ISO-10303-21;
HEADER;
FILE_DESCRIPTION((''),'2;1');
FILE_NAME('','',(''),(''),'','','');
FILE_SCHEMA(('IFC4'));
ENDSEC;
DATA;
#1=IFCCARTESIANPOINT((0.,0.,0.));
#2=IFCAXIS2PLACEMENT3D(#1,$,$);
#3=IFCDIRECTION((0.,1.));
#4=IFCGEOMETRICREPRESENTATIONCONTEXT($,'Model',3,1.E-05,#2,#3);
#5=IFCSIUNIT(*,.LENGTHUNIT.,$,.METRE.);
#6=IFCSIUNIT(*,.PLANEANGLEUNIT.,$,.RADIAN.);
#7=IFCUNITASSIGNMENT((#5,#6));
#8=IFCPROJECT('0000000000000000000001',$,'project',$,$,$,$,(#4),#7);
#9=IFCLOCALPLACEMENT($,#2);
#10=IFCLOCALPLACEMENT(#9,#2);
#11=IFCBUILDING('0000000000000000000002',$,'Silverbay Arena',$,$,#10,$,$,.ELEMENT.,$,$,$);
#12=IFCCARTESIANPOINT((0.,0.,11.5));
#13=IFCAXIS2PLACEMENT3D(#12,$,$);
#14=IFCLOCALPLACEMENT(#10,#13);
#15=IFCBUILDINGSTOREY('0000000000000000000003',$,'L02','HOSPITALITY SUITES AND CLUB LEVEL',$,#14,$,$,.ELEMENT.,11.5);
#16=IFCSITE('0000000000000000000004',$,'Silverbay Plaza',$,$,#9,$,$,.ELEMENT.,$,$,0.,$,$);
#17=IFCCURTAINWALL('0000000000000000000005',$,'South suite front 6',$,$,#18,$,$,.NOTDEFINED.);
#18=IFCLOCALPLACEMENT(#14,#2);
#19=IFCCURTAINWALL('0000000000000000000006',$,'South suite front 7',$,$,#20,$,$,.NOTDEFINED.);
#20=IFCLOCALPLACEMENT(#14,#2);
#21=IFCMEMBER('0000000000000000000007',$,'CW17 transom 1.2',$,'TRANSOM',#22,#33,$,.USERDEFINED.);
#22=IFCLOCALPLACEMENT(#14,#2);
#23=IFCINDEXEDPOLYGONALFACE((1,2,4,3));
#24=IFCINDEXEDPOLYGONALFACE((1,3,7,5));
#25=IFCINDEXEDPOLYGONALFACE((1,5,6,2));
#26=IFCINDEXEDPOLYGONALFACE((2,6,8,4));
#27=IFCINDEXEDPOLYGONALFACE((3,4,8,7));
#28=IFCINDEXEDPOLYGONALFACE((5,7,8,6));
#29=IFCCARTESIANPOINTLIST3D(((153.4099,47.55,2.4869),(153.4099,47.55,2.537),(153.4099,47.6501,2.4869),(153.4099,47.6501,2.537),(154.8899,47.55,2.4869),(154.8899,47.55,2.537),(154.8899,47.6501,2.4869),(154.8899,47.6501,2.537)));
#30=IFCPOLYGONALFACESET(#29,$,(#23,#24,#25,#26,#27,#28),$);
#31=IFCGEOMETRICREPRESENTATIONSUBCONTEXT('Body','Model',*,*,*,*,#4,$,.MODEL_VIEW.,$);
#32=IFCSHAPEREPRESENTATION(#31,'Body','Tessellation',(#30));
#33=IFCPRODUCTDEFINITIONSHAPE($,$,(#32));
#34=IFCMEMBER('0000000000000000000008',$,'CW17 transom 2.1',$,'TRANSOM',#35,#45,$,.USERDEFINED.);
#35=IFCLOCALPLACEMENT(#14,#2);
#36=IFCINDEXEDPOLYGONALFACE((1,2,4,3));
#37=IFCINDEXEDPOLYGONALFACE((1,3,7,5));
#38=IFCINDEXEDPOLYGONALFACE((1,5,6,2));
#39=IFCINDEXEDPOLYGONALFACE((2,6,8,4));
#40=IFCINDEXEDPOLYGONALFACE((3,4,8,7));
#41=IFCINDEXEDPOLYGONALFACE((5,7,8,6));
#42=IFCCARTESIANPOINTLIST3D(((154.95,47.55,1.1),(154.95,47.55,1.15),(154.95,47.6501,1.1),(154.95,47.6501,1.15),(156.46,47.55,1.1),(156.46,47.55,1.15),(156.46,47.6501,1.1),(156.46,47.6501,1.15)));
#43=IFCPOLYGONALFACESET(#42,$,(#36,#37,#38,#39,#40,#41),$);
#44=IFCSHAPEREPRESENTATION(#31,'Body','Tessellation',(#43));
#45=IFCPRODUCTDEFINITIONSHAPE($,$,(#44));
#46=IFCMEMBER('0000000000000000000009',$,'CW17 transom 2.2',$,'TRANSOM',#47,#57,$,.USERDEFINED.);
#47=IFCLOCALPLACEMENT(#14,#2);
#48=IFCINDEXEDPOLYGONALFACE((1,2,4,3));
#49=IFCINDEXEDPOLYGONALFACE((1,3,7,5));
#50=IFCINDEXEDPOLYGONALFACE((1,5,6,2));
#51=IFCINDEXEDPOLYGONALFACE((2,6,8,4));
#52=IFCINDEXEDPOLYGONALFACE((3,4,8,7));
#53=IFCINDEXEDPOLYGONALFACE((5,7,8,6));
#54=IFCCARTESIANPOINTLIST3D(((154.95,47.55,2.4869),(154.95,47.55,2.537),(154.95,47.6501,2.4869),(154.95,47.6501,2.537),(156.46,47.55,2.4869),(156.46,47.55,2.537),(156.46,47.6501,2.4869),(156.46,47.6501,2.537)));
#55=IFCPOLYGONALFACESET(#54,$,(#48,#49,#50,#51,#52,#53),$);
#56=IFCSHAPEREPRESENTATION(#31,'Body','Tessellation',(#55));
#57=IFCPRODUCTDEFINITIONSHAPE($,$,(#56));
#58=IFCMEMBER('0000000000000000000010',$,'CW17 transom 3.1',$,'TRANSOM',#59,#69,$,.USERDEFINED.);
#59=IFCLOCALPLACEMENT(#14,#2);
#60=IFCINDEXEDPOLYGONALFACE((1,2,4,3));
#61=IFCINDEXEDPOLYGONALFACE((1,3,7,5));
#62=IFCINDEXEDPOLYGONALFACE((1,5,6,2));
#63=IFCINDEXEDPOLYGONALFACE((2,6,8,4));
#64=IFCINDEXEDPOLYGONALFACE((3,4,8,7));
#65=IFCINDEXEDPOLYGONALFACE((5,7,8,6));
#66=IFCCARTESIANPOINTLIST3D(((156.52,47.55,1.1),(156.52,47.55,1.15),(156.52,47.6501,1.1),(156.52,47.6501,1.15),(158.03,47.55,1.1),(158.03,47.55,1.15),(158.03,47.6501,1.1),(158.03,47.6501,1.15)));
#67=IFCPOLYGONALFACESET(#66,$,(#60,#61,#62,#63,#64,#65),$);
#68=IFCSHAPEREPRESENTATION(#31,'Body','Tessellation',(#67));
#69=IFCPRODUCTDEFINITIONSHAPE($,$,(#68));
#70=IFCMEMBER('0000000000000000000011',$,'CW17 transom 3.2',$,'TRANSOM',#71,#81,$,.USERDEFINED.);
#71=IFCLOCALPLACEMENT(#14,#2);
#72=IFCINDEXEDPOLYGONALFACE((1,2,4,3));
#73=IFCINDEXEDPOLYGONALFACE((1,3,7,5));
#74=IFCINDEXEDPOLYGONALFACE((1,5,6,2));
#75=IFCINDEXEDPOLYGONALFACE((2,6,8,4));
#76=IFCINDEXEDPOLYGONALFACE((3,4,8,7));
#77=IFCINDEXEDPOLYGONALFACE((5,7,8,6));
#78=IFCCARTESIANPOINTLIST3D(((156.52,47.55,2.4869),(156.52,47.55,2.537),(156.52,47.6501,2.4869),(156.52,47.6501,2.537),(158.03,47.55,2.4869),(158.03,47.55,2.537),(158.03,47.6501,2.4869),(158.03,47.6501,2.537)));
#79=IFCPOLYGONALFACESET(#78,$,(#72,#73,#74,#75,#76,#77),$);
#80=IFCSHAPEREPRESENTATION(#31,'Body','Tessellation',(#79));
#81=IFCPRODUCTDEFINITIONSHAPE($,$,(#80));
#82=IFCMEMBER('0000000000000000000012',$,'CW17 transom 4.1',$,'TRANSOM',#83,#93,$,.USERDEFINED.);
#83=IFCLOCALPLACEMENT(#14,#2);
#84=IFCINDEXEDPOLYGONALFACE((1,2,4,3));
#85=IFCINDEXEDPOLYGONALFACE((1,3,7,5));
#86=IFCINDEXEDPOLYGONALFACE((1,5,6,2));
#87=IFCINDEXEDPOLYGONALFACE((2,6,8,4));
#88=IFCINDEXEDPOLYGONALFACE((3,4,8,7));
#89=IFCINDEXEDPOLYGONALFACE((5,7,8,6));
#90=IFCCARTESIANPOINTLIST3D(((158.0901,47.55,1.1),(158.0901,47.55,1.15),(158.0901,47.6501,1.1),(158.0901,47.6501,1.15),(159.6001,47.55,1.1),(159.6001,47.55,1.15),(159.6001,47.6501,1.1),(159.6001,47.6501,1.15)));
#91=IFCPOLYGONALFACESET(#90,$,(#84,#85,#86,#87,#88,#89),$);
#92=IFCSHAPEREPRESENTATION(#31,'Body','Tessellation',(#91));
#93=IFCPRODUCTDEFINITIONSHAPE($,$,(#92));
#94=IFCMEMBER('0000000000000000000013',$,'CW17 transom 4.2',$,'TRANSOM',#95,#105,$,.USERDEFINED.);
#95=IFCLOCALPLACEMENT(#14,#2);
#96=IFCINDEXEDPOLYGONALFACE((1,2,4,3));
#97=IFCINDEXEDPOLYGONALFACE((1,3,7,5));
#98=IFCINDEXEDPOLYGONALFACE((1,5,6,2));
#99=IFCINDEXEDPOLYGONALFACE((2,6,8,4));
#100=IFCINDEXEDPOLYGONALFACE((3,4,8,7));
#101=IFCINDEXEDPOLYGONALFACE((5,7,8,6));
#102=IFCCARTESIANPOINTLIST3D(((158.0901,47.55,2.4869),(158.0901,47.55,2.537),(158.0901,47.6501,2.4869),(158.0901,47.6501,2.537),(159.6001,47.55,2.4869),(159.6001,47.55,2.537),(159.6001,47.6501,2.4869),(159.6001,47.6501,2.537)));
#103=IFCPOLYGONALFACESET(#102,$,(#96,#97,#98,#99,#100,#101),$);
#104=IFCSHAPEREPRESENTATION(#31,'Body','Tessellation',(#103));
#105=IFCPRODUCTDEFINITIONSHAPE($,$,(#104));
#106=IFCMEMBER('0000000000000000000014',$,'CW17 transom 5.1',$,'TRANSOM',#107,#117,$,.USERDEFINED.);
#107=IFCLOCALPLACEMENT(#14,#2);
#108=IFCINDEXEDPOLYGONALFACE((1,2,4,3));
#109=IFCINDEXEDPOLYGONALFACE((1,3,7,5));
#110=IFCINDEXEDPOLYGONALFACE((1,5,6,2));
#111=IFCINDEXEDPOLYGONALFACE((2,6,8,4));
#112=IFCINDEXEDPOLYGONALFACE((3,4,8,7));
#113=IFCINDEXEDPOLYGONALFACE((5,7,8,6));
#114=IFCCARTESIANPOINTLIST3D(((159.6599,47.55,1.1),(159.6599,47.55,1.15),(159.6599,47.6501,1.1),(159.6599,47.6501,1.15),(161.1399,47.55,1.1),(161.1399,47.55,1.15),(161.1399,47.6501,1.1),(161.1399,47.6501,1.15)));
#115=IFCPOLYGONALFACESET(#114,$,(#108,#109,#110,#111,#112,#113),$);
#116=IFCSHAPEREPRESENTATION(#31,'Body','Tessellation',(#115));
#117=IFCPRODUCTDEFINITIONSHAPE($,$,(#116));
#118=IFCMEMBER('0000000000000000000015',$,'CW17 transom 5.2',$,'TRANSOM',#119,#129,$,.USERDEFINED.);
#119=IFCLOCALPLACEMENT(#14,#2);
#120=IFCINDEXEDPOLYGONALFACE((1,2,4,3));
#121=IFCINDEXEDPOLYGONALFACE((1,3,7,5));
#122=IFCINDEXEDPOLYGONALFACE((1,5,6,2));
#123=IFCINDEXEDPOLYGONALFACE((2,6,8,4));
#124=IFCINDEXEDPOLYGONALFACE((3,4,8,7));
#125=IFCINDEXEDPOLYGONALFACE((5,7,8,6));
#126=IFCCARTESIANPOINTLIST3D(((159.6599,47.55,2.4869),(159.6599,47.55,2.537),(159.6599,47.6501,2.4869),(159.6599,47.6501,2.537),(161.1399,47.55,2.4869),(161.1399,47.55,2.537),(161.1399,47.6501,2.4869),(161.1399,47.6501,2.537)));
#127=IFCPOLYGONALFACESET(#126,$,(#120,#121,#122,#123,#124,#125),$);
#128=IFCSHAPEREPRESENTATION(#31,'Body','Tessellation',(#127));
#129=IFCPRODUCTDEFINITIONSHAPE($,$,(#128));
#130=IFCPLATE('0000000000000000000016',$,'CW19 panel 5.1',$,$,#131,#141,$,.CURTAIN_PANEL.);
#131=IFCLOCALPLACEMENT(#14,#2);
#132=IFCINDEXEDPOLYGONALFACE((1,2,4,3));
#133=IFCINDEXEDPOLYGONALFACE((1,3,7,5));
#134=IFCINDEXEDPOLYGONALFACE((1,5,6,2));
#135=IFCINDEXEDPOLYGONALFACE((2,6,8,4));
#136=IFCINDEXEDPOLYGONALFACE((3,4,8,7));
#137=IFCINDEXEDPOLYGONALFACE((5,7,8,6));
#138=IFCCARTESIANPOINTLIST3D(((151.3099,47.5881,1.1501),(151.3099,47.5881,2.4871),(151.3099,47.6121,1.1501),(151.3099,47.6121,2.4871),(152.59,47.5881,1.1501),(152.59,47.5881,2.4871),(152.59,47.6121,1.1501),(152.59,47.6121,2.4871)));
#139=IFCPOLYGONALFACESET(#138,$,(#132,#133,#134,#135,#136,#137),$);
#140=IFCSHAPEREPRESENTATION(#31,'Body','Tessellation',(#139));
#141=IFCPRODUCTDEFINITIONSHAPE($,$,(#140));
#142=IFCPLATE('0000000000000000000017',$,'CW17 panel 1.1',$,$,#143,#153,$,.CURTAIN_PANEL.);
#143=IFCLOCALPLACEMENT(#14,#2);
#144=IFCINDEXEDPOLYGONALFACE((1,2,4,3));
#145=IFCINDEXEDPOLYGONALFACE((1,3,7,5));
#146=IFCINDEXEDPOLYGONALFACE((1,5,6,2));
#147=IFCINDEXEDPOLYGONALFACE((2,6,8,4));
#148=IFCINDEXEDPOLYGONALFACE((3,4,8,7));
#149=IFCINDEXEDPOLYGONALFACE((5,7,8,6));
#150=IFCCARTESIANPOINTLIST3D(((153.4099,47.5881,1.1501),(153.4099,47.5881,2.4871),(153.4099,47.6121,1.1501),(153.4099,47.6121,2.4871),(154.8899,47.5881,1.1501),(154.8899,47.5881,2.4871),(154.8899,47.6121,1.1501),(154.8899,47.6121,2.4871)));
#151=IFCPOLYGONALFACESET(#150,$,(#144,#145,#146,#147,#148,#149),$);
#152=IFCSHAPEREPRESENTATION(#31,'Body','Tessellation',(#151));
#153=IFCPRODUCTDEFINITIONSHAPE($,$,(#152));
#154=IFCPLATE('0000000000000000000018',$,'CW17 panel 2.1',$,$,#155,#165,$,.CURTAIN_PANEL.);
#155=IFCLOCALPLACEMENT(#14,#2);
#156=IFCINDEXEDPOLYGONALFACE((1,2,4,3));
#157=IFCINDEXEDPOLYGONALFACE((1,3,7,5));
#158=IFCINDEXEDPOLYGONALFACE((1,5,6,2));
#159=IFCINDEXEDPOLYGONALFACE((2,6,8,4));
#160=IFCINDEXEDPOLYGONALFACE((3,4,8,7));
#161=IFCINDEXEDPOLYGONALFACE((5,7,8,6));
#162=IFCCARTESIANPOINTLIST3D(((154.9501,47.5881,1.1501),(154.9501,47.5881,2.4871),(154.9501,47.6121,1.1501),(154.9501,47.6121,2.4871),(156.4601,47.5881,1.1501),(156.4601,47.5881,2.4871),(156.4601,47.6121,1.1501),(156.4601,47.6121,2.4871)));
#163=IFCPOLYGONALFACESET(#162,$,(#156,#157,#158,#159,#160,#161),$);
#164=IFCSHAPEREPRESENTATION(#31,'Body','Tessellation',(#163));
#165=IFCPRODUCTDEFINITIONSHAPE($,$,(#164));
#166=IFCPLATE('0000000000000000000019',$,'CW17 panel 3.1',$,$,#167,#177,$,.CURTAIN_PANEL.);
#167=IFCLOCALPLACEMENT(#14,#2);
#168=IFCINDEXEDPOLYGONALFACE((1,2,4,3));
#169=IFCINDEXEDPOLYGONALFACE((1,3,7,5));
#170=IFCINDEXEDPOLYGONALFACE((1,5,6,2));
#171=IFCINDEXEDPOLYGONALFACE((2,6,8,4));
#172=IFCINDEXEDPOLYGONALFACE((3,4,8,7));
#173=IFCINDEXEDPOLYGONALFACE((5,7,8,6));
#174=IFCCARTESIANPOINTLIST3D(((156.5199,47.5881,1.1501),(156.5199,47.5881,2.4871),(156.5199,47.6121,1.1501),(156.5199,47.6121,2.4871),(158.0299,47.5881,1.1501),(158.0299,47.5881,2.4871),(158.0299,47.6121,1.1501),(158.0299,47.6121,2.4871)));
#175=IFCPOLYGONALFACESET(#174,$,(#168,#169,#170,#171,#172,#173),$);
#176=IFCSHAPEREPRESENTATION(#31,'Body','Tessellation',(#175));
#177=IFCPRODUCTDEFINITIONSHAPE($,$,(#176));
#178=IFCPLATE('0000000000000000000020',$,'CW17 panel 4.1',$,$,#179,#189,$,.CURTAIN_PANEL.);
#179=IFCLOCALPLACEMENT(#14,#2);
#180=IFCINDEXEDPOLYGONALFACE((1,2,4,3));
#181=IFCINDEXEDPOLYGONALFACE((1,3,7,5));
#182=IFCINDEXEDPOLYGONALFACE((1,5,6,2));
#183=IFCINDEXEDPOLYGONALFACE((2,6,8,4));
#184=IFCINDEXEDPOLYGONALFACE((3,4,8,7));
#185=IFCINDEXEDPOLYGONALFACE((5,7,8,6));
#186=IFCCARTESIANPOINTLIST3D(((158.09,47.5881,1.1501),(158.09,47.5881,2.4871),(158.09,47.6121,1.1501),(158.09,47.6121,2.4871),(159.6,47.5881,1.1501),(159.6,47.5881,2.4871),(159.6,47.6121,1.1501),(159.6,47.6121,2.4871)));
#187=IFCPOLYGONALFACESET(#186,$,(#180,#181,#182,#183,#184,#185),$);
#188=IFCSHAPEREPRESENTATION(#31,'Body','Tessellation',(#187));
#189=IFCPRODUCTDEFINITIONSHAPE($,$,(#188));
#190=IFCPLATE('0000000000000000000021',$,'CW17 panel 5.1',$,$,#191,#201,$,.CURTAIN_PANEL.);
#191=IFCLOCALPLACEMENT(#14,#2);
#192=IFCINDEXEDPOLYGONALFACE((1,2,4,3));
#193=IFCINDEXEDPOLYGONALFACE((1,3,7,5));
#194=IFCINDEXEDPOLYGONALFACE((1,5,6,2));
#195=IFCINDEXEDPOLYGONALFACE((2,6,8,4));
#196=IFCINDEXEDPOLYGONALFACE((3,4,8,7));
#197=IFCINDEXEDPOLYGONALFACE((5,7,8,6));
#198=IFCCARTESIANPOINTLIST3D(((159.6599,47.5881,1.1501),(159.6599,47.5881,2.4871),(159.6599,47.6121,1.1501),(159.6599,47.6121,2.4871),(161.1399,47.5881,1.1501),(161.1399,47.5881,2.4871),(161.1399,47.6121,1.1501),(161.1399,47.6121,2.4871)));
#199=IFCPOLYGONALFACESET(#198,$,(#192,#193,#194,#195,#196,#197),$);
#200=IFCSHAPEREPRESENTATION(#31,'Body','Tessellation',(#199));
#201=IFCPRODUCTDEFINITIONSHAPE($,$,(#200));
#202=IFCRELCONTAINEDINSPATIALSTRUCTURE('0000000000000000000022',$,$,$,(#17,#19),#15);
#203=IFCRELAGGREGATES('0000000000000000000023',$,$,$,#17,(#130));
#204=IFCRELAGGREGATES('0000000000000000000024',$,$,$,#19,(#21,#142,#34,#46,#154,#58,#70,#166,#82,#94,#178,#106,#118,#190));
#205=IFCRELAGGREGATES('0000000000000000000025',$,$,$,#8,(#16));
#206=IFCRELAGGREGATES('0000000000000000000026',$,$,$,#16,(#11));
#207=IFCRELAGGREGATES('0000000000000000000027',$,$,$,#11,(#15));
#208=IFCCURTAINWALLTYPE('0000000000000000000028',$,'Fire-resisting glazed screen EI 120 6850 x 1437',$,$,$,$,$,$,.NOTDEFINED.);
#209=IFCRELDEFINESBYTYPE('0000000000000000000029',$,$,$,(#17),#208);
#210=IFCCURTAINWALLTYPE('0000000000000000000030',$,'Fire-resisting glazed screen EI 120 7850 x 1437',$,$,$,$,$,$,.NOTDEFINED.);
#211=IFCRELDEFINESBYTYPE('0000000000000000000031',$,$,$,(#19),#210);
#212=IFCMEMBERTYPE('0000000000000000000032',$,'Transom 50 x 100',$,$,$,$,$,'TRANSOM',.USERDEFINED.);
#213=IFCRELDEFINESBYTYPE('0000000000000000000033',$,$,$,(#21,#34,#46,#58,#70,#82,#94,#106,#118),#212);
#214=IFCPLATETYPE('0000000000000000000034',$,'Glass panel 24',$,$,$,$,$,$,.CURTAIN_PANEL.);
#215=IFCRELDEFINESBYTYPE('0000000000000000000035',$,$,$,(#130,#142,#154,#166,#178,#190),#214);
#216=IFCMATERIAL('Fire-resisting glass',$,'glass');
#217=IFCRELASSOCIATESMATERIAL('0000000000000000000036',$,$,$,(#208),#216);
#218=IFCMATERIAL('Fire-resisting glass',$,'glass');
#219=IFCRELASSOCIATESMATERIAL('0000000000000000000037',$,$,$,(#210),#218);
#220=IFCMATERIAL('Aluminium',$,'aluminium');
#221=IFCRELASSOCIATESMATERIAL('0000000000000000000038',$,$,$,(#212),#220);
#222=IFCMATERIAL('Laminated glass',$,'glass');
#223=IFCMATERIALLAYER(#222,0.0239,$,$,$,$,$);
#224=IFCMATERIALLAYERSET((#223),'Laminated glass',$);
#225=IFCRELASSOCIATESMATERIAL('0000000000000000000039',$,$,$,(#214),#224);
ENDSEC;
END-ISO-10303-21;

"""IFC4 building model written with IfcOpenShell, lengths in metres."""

from ifc_helpers import new_model, si_unit, direction, frame, origin, origin_2d, place, context, subcontext, project, spatial, rectangle, extrude, material, layer, layer_set, material_profile, profile_set, type_object, element, aggregate, save


model = new_model("IFC4")

# Units and contexts
model_context = context("Model", 3, precision=1e-05, world=origin(), true_north=direction((0.0, 1.0)))
body_context = subcontext(model_context, "Body", "Model", "MODEL_VIEW")
ifc_project = project(units=[si_unit("LENGTHUNIT", "METRE"), si_unit("PLANEANGLEUNIT", "RADIAN")], contexts=[model_context])

# Site, building, storey
site_placement = place(None, origin())
site = spatial("IfcSite", under=ifc_project, at=site_placement, Name="Silverbay Plaza", CompositionType="ELEMENT", RefElevation=0.0)
building_placement = place(site_placement, origin())
building = spatial("IfcBuilding", under=site, at=building_placement, Name="Silverbay Arena", CompositionType="ELEMENT")
storey_placement = place(building_placement, frame((0.0, 0.0, 11.5)))
storey = spatial("IfcBuildingStorey", under=building, at=storey_placement, Name="L02", Description="HOSPITALITY SUITES AND CLUB LEVEL", CompositionType="ELEMENT", Elevation=11.5)

# Curtain wall
ifc_material_1 = material(Name="Fire-resisting glass", Category="glass")
curtain_wall_type_1 = type_object("IfcCurtainWallType", Name="Fire-resisting glazed screen EI 120 6850 x 1437", PredefinedType="NOTDEFINED", material=ifc_material_1)
curtain_wall_1_placement = place(storey_placement, origin())
curtain_wall_1 = element("IfcCurtainWall", 1, at=curtain_wall_1_placement, inside=storey, type_object=curtain_wall_type_1, Name="South suite front 6", PredefinedType="NOTDEFINED")

# Curtain wall
ifc_material_2 = material(Name="Fire-resisting glass", Category="glass")
curtain_wall_type_2 = type_object("IfcCurtainWallType", Name="Fire-resisting glazed screen EI 120 7850 x 1437", PredefinedType="NOTDEFINED", material=ifc_material_2)
curtain_wall_2_placement = place(storey_placement, origin())
curtain_wall_2 = element("IfcCurtainWall", 2, at=curtain_wall_2_placement, inside=storey, type_object=curtain_wall_type_2, Name="South suite front 7", PredefinedType="NOTDEFINED")

# Members
ifc_material_3 = material(Name="Aluminium", Category="aluminium")
ifc_material_profile_1 = material_profile(ifc_material_3, rectangle(XDim=0.1001, YDim=0.05, at=origin_2d()), Name="Transom 50 x 100")
ifc_profile_set_1 = profile_set([ifc_material_profile_1], Name="Aluminium")
member_type_1 = type_object("IfcMemberType", Name="Transom 50 x 100", ElementType="TRANSOM", PredefinedType="USERDEFINED", material=ifc_profile_set_1)
member_1_placement = place(storey_placement, frame((153.4099, 47.6001, 2.512), z_axis=(1.0, 0.0, 0.0), x_axis=(0.0, 1.0, 0.0)))
member_1 = element("IfcMember", 3, at=member_1_placement, type_object=member_type_1, Name="CW17 transom 1.2", ObjectType="TRANSOM", PredefinedType="USERDEFINED", context=body_context, shape_type="SweptSolid", body=[
    extrude(rectangle(XDim=0.1001, YDim=0.05, at=origin_2d()), origin(), (0.0, 0.0, 1.0), 1.48),
])
member_2_placement = place(storey_placement, frame((154.95, 47.6001, 1.125), z_axis=(1.0, 0.0, 0.0), x_axis=(0.0, 1.0, 0.0)))
member_2 = element("IfcMember", 4, at=member_2_placement, type_object=member_type_1, Name="CW17 transom 2.1", ObjectType="TRANSOM", PredefinedType="USERDEFINED", context=body_context, shape_type="SweptSolid", body=[
    extrude(rectangle(XDim=0.1001, YDim=0.05, at=origin_2d()), origin(), (0.0, 0.0, 1.0), 1.51),
])
member_3_placement = place(storey_placement, frame((154.95, 47.6001, 2.512), z_axis=(1.0, 0.0, 0.0), x_axis=(0.0, 1.0, 0.0)))
member_3 = element("IfcMember", 5, at=member_3_placement, type_object=member_type_1, Name="CW17 transom 2.2", ObjectType="TRANSOM", PredefinedType="USERDEFINED", context=body_context, shape_type="SweptSolid", body=[
    extrude(rectangle(XDim=0.1001, YDim=0.05, at=origin_2d()), origin(), (0.0, 0.0, 1.0), 1.51),
])
member_4_placement = place(storey_placement, frame((156.52, 47.6001, 1.125), z_axis=(1.0, 0.0, 0.0), x_axis=(0.0, 1.0, 0.0)))
member_4 = element("IfcMember", 6, at=member_4_placement, type_object=member_type_1, Name="CW17 transom 3.1", ObjectType="TRANSOM", PredefinedType="USERDEFINED", context=body_context, shape_type="SweptSolid", body=[
    extrude(rectangle(XDim=0.1001, YDim=0.05, at=origin_2d()), origin(), (0.0, 0.0, 1.0), 1.51),
])
member_5_placement = place(storey_placement, frame((156.52, 47.6001, 2.512), z_axis=(1.0, 0.0, 0.0), x_axis=(0.0, 1.0, 0.0)))
member_5 = element("IfcMember", 7, at=member_5_placement, type_object=member_type_1, Name="CW17 transom 3.2", ObjectType="TRANSOM", PredefinedType="USERDEFINED", context=body_context, shape_type="SweptSolid", body=[
    extrude(rectangle(XDim=0.1001, YDim=0.05, at=origin_2d()), origin(), (0.0, 0.0, 1.0), 1.51),
])
member_6_placement = place(storey_placement, frame((158.0901, 47.6001, 1.125), z_axis=(1.0, 0.0, 0.0), x_axis=(0.0, 1.0, 0.0)))
member_6 = element("IfcMember", 8, at=member_6_placement, type_object=member_type_1, Name="CW17 transom 4.1", ObjectType="TRANSOM", PredefinedType="USERDEFINED", context=body_context, shape_type="SweptSolid", body=[
    extrude(rectangle(XDim=0.1001, YDim=0.05, at=origin_2d()), origin(), (0.0, 0.0, 1.0), 1.51),
])
member_7_placement = place(storey_placement, frame((158.0901, 47.6001, 2.512), z_axis=(1.0, 0.0, 0.0), x_axis=(0.0, 1.0, 0.0)))
member_7 = element("IfcMember", 9, at=member_7_placement, type_object=member_type_1, Name="CW17 transom 4.2", ObjectType="TRANSOM", PredefinedType="USERDEFINED", context=body_context, shape_type="SweptSolid", body=[
    extrude(rectangle(XDim=0.1001, YDim=0.05, at=origin_2d()), origin(), (0.0, 0.0, 1.0), 1.51),
])
member_8_placement = place(storey_placement, frame((159.6599, 47.6001, 1.125), z_axis=(1.0, 0.0, 0.0), x_axis=(0.0, 1.0, 0.0)))
member_8 = element("IfcMember", 10, at=member_8_placement, type_object=member_type_1, Name="CW17 transom 5.1", ObjectType="TRANSOM", PredefinedType="USERDEFINED", context=body_context, shape_type="SweptSolid", body=[
    extrude(rectangle(XDim=0.1001, YDim=0.05, at=origin_2d()), origin(), (0.0, 0.0, 1.0), 1.48),
])
member_9_placement = place(storey_placement, frame((159.6599, 47.6001, 2.512), z_axis=(1.0, 0.0, 0.0), x_axis=(0.0, 1.0, 0.0)))
member_9 = element("IfcMember", 11, at=member_9_placement, type_object=member_type_1, Name="CW17 transom 5.2", ObjectType="TRANSOM", PredefinedType="USERDEFINED", context=body_context, shape_type="SweptSolid", body=[
    extrude(rectangle(XDim=0.1001, YDim=0.05, at=origin_2d()), origin(), (0.0, 0.0, 1.0), 1.48),
])

# Plates
ifc_material_4 = material(Name="Laminated glass", Category="glass")
ifc_layer_1 = layer(ifc_material_4, 0.0239)
ifc_layer_set_1 = layer_set([ifc_layer_1], Name="Laminated glass")
plate_type = type_object("IfcPlateType", Name="Glass panel 24", PredefinedType="CURTAIN_PANEL", material=ifc_layer_set_1)
plate_1_placement = place(storey_placement, frame((151.95, 47.6001, 1.1501), z_axis=(0.0, 0.0, 1.0), x_axis=(1.0, 0.0, 0.0)))
plate_1 = element("IfcPlate", 12, at=plate_1_placement, type_object=plate_type, Name="CW19 panel 5.1", PredefinedType="CURTAIN_PANEL", context=body_context, shape_type="SweptSolid", body=[
    extrude(rectangle(XDim=1.28, YDim=0.0239, at=origin_2d()), origin(), (0.0, 0.0, 1.0), 1.3369),
])
aggregate(curtain_wall_1, [plate_1])
plate_2_placement = place(storey_placement, frame((154.1499, 47.6001, 1.1501), z_axis=(0.0, 0.0, 1.0), x_axis=(1.0, 0.0, 0.0)))
plate_2 = element("IfcPlate", 13, at=plate_2_placement, type_object=plate_type, Name="CW17 panel 1.1", PredefinedType="CURTAIN_PANEL", context=body_context, shape_type="SweptSolid", body=[
    extrude(rectangle(XDim=1.48, YDim=0.0239, at=origin_2d()), origin(), (0.0, 0.0, 1.0), 1.3369),
])
plate_3_placement = place(storey_placement, frame((155.7051, 47.6001, 1.1501), z_axis=(0.0, 0.0, 1.0), x_axis=(1.0, 0.0, 0.0)))
plate_3 = element("IfcPlate", 14, at=plate_3_placement, type_object=plate_type, Name="CW17 panel 2.1", PredefinedType="CURTAIN_PANEL", context=body_context, shape_type="SweptSolid", body=[
    extrude(rectangle(XDim=1.51, YDim=0.0239, at=origin_2d()), origin(), (0.0, 0.0, 1.0), 1.3369),
])
plate_4_placement = place(storey_placement, frame((157.2749, 47.6001, 1.1501), z_axis=(0.0, 0.0, 1.0), x_axis=(1.0, 0.0, 0.0)))
plate_4 = element("IfcPlate", 15, at=plate_4_placement, type_object=plate_type, Name="CW17 panel 3.1", PredefinedType="CURTAIN_PANEL", context=body_context, shape_type="SweptSolid", body=[
    extrude(rectangle(XDim=1.51, YDim=0.0239, at=origin_2d()), origin(), (0.0, 0.0, 1.0), 1.3369),
])
plate_5_placement = place(storey_placement, frame((158.845, 47.6001, 1.1501), z_axis=(0.0, 0.0, 1.0), x_axis=(1.0, 0.0, 0.0)))
plate_5 = element("IfcPlate", 16, at=plate_5_placement, type_object=plate_type, Name="CW17 panel 4.1", PredefinedType="CURTAIN_PANEL", context=body_context, shape_type="SweptSolid", body=[
    extrude(rectangle(XDim=1.51, YDim=0.0239, at=origin_2d()), origin(), (0.0, 0.0, 1.0), 1.3369),
])
plate_6_placement = place(storey_placement, frame((160.3999, 47.6001, 1.1501), z_axis=(0.0, 0.0, 1.0), x_axis=(1.0, 0.0, 0.0)))
plate_6 = element("IfcPlate", 17, at=plate_6_placement, type_object=plate_type, Name="CW17 panel 5.1", PredefinedType="CURTAIN_PANEL", context=body_context, shape_type="SweptSolid", body=[
    extrude(rectangle(XDim=1.48, YDim=0.0239, at=origin_2d()), origin(), (0.0, 0.0, 1.0), 1.3369),
])
aggregate(curtain_wall_2, [member_1, plate_2, member_2, member_3, plate_3, member_4, member_5, plate_4, member_6, member_7, plate_5, member_8, member_9, plate_6])

save(model, "model.ifc")
